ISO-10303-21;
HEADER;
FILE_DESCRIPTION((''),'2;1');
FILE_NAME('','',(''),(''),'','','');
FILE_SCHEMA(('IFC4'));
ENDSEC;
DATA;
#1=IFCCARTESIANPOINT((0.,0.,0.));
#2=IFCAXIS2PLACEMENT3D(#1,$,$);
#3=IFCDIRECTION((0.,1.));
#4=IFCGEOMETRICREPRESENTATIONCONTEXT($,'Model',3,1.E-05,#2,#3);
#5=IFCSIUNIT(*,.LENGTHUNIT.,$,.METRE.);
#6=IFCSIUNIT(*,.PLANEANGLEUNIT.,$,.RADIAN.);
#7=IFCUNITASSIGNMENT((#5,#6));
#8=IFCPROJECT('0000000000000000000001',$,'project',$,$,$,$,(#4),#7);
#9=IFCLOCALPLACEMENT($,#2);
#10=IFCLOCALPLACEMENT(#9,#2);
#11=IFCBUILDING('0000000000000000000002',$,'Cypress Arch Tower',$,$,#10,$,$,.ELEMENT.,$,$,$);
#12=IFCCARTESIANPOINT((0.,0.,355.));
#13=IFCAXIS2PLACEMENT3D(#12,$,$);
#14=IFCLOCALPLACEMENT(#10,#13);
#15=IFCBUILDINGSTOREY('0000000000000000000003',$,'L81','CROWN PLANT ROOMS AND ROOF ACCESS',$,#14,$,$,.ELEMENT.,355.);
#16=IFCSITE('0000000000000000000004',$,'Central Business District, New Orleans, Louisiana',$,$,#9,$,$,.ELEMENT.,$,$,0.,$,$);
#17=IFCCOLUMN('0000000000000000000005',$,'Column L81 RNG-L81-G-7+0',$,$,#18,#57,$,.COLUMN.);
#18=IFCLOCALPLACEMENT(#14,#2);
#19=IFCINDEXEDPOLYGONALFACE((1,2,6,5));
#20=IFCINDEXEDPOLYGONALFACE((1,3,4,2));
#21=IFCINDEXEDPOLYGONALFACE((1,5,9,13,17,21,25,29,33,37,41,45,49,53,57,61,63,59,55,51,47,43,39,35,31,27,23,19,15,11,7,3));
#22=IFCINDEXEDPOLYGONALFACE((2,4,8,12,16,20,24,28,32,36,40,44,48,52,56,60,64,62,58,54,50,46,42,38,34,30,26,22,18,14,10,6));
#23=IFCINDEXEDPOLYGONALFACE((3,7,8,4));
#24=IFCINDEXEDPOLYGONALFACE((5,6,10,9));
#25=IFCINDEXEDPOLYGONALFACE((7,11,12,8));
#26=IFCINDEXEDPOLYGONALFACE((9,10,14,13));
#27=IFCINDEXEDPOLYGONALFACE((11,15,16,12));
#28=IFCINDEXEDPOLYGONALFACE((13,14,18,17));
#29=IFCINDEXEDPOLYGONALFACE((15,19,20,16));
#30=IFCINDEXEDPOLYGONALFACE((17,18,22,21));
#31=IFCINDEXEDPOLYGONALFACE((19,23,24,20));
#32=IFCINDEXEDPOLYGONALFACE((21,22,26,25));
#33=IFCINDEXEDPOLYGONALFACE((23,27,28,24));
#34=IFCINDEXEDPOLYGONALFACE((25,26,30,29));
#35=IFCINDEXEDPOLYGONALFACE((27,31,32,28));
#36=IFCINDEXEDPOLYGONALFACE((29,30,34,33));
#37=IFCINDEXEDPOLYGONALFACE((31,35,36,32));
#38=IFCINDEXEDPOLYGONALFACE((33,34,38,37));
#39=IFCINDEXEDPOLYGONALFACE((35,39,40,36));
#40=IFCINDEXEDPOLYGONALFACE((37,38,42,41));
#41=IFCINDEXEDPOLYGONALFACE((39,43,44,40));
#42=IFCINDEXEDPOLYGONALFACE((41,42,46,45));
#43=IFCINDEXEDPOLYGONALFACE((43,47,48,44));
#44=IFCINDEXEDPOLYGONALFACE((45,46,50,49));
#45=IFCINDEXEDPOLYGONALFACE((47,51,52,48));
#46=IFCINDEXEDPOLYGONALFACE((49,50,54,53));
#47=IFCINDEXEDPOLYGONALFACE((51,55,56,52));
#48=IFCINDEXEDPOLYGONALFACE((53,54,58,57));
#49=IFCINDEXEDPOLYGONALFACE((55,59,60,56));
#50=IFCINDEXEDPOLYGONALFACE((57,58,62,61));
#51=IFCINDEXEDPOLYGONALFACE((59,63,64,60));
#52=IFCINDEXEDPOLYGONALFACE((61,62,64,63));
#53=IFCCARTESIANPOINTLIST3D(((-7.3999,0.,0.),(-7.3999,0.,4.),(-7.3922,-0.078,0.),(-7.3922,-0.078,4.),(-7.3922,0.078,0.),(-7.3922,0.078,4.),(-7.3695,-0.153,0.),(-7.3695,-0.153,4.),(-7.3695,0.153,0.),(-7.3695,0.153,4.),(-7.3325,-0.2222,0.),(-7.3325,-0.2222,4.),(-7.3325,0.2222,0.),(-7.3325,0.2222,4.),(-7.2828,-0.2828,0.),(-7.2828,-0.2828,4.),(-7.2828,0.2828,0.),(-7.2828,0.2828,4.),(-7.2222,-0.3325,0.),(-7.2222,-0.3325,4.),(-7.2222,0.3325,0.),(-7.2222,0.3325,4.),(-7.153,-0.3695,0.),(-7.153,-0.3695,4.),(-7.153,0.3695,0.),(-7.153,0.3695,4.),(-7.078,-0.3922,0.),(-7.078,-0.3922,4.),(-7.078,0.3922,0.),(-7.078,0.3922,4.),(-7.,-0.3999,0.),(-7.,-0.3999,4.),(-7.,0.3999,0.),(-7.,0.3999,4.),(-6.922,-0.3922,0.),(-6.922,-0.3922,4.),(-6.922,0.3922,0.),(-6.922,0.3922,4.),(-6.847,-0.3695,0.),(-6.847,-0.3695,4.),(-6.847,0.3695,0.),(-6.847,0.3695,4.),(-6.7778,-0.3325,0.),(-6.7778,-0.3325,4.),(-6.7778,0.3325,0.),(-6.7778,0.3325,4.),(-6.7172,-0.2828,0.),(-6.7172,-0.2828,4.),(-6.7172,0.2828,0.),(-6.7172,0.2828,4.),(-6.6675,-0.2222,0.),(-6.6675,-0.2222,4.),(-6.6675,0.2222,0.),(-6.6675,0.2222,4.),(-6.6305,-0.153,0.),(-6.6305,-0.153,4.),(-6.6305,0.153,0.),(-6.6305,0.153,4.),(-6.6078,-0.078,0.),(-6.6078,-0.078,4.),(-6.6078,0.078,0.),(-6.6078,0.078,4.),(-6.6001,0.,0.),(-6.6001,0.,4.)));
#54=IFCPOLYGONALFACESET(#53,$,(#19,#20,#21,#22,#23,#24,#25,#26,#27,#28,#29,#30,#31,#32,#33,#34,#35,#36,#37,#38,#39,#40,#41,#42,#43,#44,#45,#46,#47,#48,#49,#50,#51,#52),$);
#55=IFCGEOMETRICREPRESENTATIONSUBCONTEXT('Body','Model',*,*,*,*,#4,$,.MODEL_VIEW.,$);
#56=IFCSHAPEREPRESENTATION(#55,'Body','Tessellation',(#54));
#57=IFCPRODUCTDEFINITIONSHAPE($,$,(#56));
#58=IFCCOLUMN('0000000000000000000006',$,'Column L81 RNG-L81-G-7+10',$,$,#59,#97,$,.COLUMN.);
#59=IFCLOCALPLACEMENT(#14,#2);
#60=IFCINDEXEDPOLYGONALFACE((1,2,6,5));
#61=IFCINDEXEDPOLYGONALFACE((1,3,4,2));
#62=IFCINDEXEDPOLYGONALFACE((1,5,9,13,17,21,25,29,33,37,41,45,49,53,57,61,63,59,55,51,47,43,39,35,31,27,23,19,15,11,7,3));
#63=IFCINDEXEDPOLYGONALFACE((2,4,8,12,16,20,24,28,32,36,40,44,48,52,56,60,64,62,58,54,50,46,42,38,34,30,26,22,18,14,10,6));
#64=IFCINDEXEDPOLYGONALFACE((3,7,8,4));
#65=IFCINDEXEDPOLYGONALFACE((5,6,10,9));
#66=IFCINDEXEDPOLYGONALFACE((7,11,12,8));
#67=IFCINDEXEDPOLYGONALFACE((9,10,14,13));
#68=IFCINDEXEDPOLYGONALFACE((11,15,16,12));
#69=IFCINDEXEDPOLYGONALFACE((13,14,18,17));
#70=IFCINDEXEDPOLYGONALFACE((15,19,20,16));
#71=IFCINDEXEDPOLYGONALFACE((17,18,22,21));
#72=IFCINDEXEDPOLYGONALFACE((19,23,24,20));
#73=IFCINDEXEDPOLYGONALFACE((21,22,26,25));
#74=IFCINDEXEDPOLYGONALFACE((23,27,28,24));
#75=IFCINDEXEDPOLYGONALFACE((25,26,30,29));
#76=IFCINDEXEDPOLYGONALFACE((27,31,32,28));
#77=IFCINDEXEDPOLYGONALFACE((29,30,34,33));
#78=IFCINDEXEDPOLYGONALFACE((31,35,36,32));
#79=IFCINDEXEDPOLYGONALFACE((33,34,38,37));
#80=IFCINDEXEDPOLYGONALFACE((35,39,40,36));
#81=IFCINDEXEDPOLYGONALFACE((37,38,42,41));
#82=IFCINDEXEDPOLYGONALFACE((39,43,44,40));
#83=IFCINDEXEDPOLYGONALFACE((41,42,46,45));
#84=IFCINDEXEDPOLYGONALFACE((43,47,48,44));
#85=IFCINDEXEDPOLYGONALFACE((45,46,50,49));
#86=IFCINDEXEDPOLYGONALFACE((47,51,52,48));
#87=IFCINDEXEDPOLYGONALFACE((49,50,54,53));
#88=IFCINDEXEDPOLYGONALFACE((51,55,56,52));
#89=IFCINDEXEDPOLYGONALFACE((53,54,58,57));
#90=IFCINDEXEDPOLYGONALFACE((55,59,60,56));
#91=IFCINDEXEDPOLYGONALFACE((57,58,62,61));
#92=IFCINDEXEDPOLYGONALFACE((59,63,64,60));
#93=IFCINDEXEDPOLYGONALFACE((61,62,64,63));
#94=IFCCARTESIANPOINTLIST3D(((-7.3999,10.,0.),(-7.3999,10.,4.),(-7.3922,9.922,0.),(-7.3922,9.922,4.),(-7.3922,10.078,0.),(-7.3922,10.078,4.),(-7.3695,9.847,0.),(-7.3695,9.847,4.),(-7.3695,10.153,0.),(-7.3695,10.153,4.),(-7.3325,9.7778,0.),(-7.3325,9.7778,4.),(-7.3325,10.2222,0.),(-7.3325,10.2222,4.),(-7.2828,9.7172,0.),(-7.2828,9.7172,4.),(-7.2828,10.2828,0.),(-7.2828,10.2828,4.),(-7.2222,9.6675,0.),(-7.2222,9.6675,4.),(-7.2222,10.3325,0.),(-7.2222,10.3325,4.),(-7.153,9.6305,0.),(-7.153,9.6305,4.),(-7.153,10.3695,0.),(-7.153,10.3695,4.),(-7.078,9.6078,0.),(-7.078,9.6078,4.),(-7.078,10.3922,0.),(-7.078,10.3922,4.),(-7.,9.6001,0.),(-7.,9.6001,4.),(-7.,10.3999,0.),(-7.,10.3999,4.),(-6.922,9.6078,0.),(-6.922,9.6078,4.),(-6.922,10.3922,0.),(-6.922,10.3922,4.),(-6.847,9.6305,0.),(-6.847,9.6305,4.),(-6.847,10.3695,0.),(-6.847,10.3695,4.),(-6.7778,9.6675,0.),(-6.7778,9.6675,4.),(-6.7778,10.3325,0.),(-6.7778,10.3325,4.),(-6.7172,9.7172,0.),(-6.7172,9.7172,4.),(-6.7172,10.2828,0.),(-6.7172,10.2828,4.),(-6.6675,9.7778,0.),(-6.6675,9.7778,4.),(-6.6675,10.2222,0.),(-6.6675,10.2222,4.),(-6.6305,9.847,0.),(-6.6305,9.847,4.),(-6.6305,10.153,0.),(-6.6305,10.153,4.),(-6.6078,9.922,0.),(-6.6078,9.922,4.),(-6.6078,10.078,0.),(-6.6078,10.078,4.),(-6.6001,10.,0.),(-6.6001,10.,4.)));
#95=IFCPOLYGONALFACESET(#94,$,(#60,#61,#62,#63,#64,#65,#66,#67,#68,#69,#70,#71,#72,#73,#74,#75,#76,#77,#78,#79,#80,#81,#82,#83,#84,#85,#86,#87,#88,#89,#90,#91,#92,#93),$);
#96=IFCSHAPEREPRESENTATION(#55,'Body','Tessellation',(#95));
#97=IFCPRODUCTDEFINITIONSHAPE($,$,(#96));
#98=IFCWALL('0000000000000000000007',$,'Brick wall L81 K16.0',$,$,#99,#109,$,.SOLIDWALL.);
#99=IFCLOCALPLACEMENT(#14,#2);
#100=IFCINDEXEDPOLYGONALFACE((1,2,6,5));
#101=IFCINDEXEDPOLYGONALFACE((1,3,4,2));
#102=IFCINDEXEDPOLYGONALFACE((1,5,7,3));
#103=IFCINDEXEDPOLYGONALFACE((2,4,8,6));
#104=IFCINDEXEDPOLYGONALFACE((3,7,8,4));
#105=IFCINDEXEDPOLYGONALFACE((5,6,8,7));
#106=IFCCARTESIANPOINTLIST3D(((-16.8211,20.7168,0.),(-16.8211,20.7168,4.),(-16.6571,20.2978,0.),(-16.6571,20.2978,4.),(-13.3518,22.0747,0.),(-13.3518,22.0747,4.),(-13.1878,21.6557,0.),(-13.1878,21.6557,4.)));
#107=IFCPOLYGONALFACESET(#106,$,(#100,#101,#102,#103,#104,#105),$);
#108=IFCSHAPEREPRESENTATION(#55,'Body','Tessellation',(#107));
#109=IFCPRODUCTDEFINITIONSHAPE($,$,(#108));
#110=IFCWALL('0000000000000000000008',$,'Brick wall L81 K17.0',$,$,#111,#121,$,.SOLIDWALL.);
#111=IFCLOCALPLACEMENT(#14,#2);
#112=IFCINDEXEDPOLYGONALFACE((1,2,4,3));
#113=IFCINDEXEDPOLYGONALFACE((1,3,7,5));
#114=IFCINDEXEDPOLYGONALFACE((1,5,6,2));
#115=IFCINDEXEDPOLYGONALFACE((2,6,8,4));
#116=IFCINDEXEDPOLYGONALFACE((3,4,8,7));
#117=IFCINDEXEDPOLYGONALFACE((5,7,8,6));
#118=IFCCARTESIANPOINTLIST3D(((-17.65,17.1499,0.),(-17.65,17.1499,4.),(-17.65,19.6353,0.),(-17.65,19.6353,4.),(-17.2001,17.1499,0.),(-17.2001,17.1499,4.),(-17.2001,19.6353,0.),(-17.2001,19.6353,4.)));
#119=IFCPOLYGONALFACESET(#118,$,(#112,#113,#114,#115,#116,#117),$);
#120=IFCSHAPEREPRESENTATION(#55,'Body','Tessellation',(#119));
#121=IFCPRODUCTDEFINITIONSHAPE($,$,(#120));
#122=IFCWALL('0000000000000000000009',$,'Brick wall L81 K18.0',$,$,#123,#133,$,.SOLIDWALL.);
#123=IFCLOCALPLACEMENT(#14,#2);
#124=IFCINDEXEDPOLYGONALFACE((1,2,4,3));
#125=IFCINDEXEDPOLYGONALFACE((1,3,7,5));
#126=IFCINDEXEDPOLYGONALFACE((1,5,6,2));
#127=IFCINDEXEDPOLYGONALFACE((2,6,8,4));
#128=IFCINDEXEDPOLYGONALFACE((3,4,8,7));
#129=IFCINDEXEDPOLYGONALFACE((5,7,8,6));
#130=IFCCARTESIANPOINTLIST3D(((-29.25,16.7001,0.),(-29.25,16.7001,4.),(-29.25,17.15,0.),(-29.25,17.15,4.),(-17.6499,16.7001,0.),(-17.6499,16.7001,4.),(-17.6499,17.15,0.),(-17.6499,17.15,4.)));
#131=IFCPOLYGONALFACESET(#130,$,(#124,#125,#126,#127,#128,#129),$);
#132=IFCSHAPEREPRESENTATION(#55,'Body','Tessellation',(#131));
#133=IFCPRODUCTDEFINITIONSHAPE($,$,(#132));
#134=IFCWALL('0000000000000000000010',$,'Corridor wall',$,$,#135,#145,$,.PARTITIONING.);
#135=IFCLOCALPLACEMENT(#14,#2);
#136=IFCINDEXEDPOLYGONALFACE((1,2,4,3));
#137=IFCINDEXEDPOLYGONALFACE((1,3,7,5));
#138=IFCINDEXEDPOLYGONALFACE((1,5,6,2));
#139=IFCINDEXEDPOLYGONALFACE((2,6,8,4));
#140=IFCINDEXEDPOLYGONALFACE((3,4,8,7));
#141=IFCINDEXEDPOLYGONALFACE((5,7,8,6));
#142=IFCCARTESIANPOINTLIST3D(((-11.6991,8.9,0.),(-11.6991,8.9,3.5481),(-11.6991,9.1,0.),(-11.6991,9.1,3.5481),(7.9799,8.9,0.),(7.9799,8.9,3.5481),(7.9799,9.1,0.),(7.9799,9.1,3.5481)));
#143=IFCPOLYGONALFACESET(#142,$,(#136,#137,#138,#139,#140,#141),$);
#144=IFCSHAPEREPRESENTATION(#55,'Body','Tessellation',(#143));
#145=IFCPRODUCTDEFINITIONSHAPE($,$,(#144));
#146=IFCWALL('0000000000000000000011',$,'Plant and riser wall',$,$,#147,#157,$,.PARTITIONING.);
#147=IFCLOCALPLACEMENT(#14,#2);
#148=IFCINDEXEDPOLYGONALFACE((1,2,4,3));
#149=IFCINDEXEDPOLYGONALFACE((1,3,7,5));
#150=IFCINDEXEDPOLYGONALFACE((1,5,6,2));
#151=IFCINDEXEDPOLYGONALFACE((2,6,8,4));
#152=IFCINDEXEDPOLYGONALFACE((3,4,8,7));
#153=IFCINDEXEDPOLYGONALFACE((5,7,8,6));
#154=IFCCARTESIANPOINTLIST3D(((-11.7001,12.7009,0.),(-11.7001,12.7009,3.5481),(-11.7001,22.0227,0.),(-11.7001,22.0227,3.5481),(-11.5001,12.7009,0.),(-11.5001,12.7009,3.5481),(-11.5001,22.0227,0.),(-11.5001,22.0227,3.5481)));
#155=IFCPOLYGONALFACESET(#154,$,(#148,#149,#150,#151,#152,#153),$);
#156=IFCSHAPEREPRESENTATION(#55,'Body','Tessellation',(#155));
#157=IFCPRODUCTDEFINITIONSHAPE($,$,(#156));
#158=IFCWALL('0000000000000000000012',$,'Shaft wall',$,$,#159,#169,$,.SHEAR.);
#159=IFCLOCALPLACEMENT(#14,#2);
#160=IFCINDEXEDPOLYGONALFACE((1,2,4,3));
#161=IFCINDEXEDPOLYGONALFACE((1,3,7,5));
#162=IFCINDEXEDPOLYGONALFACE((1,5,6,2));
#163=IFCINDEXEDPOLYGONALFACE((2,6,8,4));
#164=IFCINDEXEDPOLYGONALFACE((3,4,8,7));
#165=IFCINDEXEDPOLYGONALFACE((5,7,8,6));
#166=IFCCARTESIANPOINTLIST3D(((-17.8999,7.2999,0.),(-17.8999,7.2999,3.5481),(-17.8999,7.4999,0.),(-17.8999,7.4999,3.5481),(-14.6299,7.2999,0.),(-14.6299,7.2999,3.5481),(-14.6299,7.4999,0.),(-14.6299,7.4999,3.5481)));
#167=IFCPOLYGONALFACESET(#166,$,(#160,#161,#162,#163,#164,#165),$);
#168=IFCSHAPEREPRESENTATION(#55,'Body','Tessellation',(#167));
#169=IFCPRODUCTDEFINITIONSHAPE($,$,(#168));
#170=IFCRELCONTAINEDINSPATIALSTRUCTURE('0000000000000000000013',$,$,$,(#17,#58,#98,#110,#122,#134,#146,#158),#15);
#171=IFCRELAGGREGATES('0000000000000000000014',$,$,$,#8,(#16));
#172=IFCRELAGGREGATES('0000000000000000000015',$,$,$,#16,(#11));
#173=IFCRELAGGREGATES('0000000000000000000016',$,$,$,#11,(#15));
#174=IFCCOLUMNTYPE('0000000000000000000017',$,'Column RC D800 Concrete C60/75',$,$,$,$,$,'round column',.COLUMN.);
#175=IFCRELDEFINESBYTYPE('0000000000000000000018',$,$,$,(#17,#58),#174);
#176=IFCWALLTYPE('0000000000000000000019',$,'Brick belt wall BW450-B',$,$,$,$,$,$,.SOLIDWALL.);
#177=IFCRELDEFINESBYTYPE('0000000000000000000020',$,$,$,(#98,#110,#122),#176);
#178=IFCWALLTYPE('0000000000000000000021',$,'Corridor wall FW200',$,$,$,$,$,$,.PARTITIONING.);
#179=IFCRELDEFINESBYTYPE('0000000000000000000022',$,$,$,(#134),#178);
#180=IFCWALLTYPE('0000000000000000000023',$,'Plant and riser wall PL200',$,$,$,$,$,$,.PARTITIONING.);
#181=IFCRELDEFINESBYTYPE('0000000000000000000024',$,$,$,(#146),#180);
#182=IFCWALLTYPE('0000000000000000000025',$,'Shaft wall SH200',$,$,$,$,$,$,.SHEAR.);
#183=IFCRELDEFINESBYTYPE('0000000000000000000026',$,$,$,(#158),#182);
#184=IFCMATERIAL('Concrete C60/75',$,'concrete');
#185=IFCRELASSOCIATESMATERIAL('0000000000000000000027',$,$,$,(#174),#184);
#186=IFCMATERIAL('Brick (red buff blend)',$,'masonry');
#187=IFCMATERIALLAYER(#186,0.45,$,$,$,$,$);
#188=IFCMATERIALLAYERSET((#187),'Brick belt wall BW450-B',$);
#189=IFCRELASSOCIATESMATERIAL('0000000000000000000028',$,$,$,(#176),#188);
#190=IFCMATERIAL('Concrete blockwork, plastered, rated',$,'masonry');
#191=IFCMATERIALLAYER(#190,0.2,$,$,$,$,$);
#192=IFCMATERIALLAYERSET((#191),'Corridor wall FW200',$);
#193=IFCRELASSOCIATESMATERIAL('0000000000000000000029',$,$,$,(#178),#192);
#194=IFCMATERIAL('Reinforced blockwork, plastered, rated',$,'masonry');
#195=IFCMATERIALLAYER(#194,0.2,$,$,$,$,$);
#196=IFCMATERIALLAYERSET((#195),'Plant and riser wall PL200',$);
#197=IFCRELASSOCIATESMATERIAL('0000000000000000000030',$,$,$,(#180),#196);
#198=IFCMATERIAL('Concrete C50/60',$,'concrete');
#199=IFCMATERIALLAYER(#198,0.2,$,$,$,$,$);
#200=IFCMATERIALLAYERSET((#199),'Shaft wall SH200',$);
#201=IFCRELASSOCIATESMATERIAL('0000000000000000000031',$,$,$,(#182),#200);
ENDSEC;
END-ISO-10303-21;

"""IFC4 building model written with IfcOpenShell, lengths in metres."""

from ifc_helpers import new_model, si_unit, direction, frame, frame_2d, origin, origin_2d, place, context, subcontext, project, spatial, rectangle, circle, extrude, material, layer, layer_set, material_profile, profile_set, type_object, element, save


model = new_model("IFC4")

# Units and contexts
model_context = context("Model", 3, precision=1e-05, world=origin(), true_north=direction((0.0, 1.0)))
body_context = subcontext(model_context, "Body", "Model", "MODEL_VIEW")
ifc_project = project(units=[si_unit("LENGTHUNIT", "METRE"), si_unit("PLANEANGLEUNIT", "RADIAN")], contexts=[model_context])

# Site, building, storey
site_placement = place(None, origin())
site = spatial("IfcSite", under=ifc_project, at=site_placement, Name="Central Business District, New Orleans, Louisiana", CompositionType="ELEMENT", RefElevation=0.0)
building_placement = place(site_placement, origin())
building = spatial("IfcBuilding", under=site, at=building_placement, Name="Cypress Arch Tower", CompositionType="ELEMENT")
storey_placement = place(building_placement, frame((0.0, 0.0, 355.0)))
storey = spatial("IfcBuildingStorey", under=building, at=storey_placement, Name="L81", Description="CROWN PLANT ROOMS AND ROOF ACCESS", CompositionType="ELEMENT", Elevation=355.0)

# Columns
ifc_material_1 = material(Name="Concrete C60/75", Category="concrete")
ifc_material_profile = material_profile(ifc_material_1, circle(Radius=0.3999, at=origin_2d()), Name="RC D800")
ifc_profile_set = profile_set([ifc_material_profile], Name="Concrete C60/75")
column_type = type_object("IfcColumnType", Name="Column RC D800 Concrete C60/75", ElementType="round column", PredefinedType="COLUMN", material=ifc_profile_set)
for number, where, z_axis, x_axis, name in (
    (1, (-7.0, 0.0, 0.0), (0.0, 0.0, 1.0), (1.0, 0.0, 0.0), "Column L81 RNG-L81-G-7+0"),
    (2, (-7.0, 10.0, 0.0), (0.0, 0.0, 1.0), (1.0, 0.0, 0.0), "Column L81 RNG-L81-G-7+10"),
):
    element("IfcColumn", number, at=place(storey_placement, frame(where, z_axis=z_axis, x_axis=x_axis)), inside=storey, type_object=column_type, Name=name, PredefinedType="COLUMN", context=body_context, shape_type="SweptSolid", body=[
        extrude(circle(Radius=0.3999, at=origin_2d()), origin(), (0.0, 0.0, 1.0), 4.0),
    ])

# Walls
ifc_material_2 = material(Name="Brick (red buff blend)", Category="masonry")
ifc_layer_1 = layer(ifc_material_2, 0.45)
ifc_layer_set_1 = layer_set([ifc_layer_1], Name="Brick belt wall BW450-B")
wall_type_1 = type_object("IfcWallType", Name="Brick belt wall BW450-B", PredefinedType="SOLIDWALL", material=ifc_layer_set_1)
wall_1_placement = place(storey_placement, frame((-13.2698, 21.8652, 0.0), z_axis=(0.0, 0.0, 1.0), x_axis=(-0.931208, -0.364488, 0.0)))
element("IfcWall", 3, at=wall_1_placement, inside=storey, type_object=wall_type_1, Name="Brick wall L81 K16.0", PredefinedType="SOLIDWALL", context=body_context, shape_type="SweptSolid", body=[
    extrude(rectangle(XDim=3.7256, YDim=0.45, at=frame_2d((1.8628, 0.0))), origin(), (0.0, 0.0, 1.0), 4.0),
])
wall_2_placement = place(storey_placement, frame((-17.425, 19.6353, 0.0), z_axis=(0.0, 0.0, 1.0), x_axis=(0.0, -1.0, 0.0)))
element("IfcWall", 4, at=wall_2_placement, inside=storey, type_object=wall_type_1, Name="Brick wall L81 K17.0", PredefinedType="SOLIDWALL", context=body_context, shape_type="SweptSolid", body=[
    extrude(rectangle(XDim=2.4854, YDim=0.45, at=frame_2d((1.2427, 0.0))), origin(), (0.0, 0.0, 1.0), 4.0),
])
wall_3_placement = place(storey_placement, frame((-17.6499, 16.925, 0.0), z_axis=(0.0, 0.0, 1.0), x_axis=(-1.0, 0.0, 0.0)))
element("IfcWall", 5, at=wall_3_placement, inside=storey, type_object=wall_type_1, Name="Brick wall L81 K18.0", PredefinedType="SOLIDWALL", context=body_context, shape_type="SweptSolid", body=[
    extrude(rectangle(XDim=11.6001, YDim=0.45, at=frame_2d((5.8, 0.0))), origin(), (0.0, 0.0, 1.0), 4.0),
])
ifc_material_3 = material(Name="Concrete blockwork, plastered, rated", Category="masonry")
ifc_layer_2 = layer(ifc_material_3, 0.2)
ifc_layer_set_2 = layer_set([ifc_layer_2], Name="Corridor wall FW200")
wall_type_2 = type_object("IfcWallType", Name="Corridor wall FW200", PredefinedType="PARTITIONING", material=ifc_layer_set_2)
wall_4_placement = place(storey_placement, frame((-11.699, 9.0, 0.0), z_axis=(0.0, 0.0, 1.0), x_axis=(1.0, 0.0, 0.0)))
element("IfcWall", 6, at=wall_4_placement, inside=storey, type_object=wall_type_2, Name="Corridor wall", PredefinedType="PARTITIONING", context=body_context, shape_type="SweptSolid", body=[
    extrude(rectangle(XDim=19.679, YDim=0.2, at=frame_2d((9.8394, 0.0))), origin(), (0.0, 0.0, 1.0), 3.5481),
])

# Shared definitions
ifc_material_4 = material(Name="Reinforced blockwork, plastered, rated", Category="masonry")
ifc_layer_3 = layer(ifc_material_4, 0.2)
ifc_layer_set_3 = layer_set([ifc_layer_3], Name="Plant and riser wall PL200")
wall_type_3 = type_object("IfcWallType", Name="Plant and riser wall PL200", PredefinedType="PARTITIONING", material=ifc_layer_set_3)

# Wall
wall_5_placement = place(storey_placement, frame((-11.6001, 12.7009, 0.0), z_axis=(0.0, 0.0, 1.0), x_axis=(0.0, 1.0, 0.0)))
element("IfcWall", 7, at=wall_5_placement, inside=storey, type_object=wall_type_3, Name="Plant and riser wall", PredefinedType="PARTITIONING", context=body_context, shape_type="SweptSolid", body=[
    extrude(rectangle(XDim=9.3218, YDim=0.2, at=frame_2d((4.6609, 0.0))), origin(), (0.0, 0.0, 1.0), 3.5481),
])

# Wall
ifc_material_5 = material(Name="Concrete C50/60", Category="concrete")
ifc_layer_4 = layer(ifc_material_5, 0.2)
ifc_layer_set_4 = layer_set([ifc_layer_4], Name="Shaft wall SH200")
wall_type_4 = type_object("IfcWallType", Name="Shaft wall SH200", PredefinedType="SHEAR", material=ifc_layer_set_4)
wall_6_placement = place(storey_placement, frame((-17.8999, 7.3999, 0.0), z_axis=(0.0, 0.0, 1.0), x_axis=(1.0, 0.0, 0.0)))
element("IfcWall", 8, at=wall_6_placement, inside=storey, type_object=wall_type_4, Name="Shaft wall", PredefinedType="SHEAR", context=body_context, shape_type="SweptSolid", body=[
    extrude(rectangle(XDim=3.27, YDim=0.2, at=frame_2d((1.635, 0.0))), origin(), (0.0, 0.0, 1.0), 3.5481),
])

save(model, "model.ifc")
